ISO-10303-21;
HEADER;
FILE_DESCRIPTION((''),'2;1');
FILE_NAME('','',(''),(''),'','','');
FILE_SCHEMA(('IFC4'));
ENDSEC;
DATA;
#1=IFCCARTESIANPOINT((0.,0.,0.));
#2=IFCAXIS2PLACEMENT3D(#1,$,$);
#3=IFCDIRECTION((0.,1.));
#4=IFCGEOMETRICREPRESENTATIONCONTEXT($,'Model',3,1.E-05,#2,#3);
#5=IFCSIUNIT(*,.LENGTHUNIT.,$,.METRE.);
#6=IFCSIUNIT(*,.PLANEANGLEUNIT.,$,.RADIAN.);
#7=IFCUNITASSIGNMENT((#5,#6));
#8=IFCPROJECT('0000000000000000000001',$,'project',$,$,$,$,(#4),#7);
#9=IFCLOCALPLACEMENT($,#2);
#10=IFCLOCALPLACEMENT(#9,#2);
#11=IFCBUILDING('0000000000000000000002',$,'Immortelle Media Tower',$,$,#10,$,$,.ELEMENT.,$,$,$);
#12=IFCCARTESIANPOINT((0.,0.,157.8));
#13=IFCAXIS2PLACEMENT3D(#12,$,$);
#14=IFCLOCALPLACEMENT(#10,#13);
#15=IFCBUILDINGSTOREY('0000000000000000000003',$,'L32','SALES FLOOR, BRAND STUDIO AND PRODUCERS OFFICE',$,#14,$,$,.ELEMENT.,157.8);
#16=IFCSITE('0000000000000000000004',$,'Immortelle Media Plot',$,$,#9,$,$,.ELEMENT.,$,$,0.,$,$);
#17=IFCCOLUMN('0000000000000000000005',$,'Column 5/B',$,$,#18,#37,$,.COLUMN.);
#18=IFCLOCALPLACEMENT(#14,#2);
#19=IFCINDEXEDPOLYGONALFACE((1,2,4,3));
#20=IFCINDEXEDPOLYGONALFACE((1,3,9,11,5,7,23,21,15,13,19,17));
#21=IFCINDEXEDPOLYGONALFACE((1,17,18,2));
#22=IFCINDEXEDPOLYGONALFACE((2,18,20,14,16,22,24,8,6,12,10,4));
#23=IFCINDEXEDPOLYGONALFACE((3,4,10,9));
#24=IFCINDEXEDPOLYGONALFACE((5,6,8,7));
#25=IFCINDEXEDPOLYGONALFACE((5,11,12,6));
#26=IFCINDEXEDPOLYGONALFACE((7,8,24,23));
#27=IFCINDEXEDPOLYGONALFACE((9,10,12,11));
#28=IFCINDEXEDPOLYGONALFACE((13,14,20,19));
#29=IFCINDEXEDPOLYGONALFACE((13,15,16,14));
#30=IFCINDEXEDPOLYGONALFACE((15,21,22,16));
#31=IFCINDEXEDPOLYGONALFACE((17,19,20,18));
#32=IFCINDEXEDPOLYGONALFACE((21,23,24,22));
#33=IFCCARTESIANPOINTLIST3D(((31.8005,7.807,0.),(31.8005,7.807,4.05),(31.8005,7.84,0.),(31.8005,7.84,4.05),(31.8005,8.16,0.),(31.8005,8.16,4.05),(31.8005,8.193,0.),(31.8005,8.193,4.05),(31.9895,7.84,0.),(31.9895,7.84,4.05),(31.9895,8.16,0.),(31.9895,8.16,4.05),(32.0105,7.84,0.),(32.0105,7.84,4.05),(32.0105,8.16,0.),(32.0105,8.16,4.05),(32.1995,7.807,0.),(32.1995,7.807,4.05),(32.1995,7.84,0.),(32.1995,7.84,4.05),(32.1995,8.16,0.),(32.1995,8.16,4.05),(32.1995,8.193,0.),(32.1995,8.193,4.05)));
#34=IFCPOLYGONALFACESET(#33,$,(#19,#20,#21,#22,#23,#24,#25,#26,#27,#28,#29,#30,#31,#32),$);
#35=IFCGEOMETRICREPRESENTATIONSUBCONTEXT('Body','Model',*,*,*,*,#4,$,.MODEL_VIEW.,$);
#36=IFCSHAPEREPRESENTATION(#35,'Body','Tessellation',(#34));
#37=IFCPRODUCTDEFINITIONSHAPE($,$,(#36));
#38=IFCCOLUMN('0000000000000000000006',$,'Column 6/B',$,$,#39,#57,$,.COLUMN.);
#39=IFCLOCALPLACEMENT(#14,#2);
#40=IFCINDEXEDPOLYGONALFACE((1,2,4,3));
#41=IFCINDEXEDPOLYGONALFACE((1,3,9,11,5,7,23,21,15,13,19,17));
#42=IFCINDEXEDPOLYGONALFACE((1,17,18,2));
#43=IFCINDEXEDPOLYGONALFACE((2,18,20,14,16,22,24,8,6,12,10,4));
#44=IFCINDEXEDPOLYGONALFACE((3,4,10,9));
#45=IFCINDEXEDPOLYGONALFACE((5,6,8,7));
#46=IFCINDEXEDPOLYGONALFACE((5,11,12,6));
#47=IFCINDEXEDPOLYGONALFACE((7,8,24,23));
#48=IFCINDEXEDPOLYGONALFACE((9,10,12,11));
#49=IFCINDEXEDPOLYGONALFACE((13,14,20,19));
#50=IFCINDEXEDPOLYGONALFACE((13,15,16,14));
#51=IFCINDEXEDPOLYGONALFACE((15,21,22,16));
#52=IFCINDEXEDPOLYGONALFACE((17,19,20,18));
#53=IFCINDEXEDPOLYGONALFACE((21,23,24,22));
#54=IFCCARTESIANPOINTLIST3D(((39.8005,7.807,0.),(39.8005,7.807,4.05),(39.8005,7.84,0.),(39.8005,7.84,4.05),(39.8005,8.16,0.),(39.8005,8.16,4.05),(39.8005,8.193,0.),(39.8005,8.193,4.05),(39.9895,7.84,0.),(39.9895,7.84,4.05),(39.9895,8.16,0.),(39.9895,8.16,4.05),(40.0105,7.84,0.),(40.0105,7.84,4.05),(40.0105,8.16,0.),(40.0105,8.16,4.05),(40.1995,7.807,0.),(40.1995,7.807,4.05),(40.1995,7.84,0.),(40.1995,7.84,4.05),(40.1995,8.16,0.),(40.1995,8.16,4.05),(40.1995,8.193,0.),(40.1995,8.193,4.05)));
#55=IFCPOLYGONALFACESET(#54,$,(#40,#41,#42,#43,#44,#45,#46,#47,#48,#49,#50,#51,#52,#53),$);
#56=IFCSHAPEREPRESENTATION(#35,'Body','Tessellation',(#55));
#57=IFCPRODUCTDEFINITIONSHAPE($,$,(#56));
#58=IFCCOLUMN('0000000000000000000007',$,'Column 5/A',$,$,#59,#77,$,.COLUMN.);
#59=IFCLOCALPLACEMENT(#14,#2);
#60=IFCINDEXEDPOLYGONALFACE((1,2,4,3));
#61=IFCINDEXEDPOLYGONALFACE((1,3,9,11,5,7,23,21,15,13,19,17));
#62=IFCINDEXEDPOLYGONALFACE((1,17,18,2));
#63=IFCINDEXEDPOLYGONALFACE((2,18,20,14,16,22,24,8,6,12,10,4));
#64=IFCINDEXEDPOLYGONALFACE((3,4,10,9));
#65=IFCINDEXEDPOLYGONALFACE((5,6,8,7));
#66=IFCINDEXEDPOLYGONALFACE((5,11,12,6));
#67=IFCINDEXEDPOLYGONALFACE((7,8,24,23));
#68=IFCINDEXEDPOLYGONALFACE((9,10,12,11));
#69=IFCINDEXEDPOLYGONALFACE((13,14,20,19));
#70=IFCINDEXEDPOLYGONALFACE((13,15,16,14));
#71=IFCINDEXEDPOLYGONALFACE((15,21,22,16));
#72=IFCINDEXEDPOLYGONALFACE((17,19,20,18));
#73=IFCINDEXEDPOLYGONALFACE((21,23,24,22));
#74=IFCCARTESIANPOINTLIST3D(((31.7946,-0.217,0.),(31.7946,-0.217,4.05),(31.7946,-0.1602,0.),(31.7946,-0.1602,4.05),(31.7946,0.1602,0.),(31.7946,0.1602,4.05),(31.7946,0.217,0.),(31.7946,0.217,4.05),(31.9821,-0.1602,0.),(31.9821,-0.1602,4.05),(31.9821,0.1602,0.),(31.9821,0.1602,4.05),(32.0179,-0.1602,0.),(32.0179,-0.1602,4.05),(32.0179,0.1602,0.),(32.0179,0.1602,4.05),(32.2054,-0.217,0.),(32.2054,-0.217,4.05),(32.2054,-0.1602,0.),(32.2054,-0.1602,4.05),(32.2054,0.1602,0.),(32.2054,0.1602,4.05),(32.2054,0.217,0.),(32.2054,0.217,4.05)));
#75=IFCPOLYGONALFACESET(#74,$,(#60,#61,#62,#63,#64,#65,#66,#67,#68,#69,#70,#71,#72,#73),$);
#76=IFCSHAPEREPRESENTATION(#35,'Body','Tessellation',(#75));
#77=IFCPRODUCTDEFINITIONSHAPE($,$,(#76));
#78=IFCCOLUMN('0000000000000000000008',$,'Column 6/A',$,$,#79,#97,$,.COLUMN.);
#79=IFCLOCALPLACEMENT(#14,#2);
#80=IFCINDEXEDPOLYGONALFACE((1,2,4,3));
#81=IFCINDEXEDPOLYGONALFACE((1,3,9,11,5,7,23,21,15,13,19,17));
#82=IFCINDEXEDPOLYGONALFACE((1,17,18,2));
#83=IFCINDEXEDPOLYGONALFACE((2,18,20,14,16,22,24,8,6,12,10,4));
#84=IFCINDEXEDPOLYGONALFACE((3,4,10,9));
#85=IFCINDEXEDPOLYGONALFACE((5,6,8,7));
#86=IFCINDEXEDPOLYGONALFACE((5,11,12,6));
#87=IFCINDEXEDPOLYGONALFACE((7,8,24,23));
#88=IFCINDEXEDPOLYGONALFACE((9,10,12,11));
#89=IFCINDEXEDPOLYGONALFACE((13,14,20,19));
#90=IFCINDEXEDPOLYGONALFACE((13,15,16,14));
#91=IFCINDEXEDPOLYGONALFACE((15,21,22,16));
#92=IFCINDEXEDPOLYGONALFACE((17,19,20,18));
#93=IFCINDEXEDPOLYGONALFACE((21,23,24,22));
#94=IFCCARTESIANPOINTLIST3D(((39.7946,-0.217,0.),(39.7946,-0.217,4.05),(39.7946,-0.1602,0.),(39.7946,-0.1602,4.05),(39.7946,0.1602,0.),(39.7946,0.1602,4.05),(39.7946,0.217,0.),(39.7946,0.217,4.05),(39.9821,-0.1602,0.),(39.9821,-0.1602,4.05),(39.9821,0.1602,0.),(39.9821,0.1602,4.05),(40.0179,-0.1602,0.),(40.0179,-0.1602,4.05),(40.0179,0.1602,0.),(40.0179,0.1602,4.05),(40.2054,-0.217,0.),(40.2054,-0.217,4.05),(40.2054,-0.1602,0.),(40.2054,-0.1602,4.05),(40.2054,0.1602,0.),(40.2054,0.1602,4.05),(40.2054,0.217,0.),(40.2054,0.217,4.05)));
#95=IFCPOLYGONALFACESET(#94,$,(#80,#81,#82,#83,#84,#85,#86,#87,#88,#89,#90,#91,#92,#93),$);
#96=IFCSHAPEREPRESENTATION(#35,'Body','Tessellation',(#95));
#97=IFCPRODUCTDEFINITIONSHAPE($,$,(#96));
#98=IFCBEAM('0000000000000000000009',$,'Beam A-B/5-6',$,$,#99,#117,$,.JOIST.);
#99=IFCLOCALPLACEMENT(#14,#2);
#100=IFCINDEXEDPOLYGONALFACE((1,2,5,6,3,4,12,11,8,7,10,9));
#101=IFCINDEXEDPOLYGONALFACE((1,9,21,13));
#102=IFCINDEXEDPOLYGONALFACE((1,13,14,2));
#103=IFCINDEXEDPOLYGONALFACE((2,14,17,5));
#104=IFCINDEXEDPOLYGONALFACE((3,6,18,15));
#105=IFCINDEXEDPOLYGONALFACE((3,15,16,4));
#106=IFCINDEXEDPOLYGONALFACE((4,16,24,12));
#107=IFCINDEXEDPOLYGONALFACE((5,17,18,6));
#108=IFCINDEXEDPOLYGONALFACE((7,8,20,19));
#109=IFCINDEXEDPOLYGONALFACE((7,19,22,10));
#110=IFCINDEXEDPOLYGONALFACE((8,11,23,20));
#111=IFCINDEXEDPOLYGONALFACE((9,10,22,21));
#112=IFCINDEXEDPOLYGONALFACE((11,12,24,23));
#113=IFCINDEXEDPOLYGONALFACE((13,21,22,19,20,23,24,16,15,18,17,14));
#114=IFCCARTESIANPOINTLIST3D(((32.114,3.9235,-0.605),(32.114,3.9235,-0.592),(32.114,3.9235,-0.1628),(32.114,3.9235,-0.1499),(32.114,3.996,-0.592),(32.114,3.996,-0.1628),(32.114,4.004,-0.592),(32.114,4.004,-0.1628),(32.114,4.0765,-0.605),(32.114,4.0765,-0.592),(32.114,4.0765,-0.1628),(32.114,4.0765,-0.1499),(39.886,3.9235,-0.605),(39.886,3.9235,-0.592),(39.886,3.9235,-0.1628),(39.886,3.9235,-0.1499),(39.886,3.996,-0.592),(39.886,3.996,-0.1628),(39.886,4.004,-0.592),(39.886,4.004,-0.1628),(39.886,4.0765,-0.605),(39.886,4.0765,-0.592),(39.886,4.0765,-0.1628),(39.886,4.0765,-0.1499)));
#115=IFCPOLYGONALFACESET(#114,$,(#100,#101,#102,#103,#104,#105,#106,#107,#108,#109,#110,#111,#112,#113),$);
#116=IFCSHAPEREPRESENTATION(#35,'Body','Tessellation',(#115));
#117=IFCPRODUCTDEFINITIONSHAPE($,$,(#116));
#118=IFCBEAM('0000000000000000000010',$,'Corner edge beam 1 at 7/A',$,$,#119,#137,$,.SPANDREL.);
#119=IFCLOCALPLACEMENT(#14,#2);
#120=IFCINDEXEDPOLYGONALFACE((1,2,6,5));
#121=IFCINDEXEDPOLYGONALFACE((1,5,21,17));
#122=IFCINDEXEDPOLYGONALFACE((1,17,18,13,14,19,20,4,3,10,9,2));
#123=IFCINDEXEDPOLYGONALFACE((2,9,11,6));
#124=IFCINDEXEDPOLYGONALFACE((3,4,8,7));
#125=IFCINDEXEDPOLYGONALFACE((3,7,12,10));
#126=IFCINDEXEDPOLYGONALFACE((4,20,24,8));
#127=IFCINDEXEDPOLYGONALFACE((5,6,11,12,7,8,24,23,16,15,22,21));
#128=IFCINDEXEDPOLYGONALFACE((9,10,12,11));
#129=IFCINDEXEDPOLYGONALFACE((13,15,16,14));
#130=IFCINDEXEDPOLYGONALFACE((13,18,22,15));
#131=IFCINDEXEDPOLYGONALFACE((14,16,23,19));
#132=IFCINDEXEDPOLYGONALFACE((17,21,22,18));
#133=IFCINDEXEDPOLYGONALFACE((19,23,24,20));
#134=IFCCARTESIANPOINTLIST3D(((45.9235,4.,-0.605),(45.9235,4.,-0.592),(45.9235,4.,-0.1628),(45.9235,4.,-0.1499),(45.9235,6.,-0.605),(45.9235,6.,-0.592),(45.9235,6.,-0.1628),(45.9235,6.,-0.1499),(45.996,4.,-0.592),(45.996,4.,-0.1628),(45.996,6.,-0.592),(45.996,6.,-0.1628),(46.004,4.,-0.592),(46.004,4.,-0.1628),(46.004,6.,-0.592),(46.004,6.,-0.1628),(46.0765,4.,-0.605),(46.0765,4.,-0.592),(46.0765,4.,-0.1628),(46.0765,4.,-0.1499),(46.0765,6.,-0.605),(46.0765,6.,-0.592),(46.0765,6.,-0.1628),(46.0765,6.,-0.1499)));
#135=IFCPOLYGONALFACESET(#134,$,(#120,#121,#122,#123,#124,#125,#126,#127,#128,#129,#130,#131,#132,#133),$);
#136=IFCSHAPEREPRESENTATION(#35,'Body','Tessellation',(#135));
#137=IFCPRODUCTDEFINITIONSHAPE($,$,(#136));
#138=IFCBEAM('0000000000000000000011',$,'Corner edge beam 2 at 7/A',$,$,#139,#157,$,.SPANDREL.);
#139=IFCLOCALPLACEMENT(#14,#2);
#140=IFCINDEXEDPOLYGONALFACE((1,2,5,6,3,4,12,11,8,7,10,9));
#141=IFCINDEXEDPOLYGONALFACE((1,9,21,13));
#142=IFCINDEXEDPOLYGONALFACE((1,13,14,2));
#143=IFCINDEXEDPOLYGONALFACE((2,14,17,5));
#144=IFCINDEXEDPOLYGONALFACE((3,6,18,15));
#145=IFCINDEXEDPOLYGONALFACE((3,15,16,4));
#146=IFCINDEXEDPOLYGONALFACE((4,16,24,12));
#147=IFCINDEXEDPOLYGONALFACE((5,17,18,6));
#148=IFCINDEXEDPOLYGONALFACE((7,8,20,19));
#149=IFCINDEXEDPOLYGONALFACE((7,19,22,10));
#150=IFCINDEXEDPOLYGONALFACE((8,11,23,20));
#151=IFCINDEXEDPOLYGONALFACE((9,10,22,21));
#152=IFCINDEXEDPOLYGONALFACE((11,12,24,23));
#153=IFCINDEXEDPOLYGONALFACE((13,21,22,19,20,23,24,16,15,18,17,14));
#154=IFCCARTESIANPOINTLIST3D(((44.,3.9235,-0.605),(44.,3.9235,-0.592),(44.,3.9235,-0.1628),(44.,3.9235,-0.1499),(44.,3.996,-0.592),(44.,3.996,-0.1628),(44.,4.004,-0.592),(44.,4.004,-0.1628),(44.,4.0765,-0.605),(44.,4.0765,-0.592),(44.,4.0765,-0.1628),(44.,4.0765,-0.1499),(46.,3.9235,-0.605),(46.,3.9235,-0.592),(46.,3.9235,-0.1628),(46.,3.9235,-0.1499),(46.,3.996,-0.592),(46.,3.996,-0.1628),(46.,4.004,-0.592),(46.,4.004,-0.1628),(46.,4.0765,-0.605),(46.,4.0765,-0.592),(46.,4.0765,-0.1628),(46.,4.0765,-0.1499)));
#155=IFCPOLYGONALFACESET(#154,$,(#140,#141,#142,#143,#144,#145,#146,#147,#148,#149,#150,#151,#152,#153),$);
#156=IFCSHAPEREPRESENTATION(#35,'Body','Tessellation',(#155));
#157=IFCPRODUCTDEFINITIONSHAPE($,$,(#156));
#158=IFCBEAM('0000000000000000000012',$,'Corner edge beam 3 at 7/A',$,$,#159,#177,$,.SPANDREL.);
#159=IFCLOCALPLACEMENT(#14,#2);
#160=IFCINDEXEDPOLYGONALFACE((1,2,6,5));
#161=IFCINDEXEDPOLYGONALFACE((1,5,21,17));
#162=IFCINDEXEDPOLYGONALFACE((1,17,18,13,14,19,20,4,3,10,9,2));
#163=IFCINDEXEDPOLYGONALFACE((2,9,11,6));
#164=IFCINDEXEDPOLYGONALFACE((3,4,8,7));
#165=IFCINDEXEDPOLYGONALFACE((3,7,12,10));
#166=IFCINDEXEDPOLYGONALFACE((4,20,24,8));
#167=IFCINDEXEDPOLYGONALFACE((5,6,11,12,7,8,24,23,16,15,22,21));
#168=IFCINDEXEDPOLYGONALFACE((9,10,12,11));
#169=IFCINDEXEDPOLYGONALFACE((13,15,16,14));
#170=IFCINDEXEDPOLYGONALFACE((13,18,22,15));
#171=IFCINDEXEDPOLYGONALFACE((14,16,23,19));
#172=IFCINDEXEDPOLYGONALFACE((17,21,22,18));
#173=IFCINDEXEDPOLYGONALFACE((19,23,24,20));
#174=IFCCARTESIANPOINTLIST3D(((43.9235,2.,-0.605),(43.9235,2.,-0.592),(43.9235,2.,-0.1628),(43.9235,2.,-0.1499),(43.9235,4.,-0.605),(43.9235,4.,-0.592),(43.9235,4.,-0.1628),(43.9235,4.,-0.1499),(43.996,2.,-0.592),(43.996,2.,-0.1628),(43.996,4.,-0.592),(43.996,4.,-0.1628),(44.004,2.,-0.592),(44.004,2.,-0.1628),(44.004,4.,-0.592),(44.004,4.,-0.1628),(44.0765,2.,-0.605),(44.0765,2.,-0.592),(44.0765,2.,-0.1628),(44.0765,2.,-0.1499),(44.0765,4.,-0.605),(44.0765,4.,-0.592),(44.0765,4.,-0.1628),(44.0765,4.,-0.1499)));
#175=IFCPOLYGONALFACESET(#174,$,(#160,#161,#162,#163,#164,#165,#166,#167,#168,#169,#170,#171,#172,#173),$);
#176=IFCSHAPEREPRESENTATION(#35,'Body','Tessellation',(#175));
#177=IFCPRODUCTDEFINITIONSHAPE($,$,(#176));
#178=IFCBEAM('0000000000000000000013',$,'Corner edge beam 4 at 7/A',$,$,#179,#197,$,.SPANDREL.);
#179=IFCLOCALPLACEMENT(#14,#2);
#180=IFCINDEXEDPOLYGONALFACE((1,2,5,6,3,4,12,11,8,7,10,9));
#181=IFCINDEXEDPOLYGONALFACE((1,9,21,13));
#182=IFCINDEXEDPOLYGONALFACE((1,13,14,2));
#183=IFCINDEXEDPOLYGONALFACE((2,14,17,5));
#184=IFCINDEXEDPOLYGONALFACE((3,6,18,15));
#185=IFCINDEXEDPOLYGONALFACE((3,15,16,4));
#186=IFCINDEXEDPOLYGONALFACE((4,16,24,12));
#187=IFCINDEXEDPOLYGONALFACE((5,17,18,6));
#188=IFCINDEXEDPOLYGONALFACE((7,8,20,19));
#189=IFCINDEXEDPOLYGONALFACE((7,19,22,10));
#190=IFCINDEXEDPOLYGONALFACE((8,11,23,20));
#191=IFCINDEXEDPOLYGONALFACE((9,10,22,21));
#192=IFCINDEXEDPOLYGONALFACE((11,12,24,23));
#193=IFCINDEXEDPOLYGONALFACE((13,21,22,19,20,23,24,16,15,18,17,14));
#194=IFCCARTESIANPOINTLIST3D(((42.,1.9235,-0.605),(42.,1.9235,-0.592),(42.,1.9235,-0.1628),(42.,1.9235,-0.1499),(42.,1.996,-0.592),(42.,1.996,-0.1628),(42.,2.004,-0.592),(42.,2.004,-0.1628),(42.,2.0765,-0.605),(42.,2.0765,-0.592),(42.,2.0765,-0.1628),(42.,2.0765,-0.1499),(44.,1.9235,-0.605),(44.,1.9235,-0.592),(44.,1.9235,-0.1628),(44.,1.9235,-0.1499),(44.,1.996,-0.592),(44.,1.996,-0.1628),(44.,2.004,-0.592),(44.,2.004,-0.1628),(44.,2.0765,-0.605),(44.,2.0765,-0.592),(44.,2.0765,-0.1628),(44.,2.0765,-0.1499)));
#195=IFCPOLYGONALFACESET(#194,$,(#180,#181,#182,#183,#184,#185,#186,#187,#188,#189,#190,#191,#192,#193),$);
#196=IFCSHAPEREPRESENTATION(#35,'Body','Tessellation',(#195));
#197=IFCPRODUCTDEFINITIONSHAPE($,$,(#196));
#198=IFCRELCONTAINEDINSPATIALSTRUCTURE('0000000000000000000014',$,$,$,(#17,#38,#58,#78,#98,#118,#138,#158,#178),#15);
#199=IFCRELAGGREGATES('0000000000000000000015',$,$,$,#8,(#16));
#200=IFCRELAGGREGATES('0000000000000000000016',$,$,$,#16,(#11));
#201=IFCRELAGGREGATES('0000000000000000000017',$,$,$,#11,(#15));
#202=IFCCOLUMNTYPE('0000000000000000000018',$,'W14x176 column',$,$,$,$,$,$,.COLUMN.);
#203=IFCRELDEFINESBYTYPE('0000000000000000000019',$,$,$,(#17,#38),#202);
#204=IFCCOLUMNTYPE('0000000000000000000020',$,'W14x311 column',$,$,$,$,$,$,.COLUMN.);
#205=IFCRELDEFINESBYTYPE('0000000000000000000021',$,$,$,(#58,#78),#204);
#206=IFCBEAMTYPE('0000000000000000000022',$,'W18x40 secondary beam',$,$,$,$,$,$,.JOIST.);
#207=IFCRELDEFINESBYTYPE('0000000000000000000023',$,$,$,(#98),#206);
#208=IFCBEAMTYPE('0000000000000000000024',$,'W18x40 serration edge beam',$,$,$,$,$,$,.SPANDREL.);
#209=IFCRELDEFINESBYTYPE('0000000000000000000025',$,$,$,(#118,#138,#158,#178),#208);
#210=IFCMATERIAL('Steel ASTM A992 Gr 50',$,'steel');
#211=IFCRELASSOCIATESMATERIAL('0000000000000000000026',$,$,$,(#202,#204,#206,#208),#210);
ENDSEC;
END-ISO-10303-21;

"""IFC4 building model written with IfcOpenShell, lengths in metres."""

from ifc_helpers import new_model, si_unit, direction, frame, origin, origin_2d, place, context, subcontext, project, spatial, i_section, extrude, material, material_profile, profile_set, type_object, element, save


model = new_model("IFC4")

# Units and contexts
model_context = context("Model", 3, precision=1e-05, world=origin(), true_north=direction((0.0, 1.0)))
body_context = subcontext(model_context, "Body", "Model", "MODEL_VIEW")
ifc_project = project(units=[si_unit("LENGTHUNIT", "METRE"), si_unit("PLANEANGLEUNIT", "RADIAN")], contexts=[model_context])

# Site, building, storey
site_placement = place(None, origin())
site = spatial("IfcSite", under=ifc_project, at=site_placement, Name="Immortelle Media Plot", CompositionType="ELEMENT", RefElevation=0.0)
building_placement = place(site_placement, origin())
building = spatial("IfcBuilding", under=site, at=building_placement, Name="Immortelle Media Tower", CompositionType="ELEMENT")
storey_placement = place(building_placement, frame((0.0, 0.0, 157.8)))
storey = spatial("IfcBuildingStorey", under=building, at=storey_placement, Name="L32", Description="SALES FLOOR, BRAND STUDIO AND PRODUCERS OFFICE", CompositionType="ELEMENT", Elevation=157.8)

# Columns
ifc_material_1 = material(Name="Steel ASTM A992 Gr 50", Category="steel")
ifc_material_profile_1 = material_profile(ifc_material_1, i_section(OverallWidth=0.3989, OverallDepth=0.386, WebThickness=0.021, FlangeThickness=0.033, at=origin_2d()), Name="W14x176")
ifc_profile_set_1 = profile_set([ifc_material_profile_1], Name="Steel ASTM A992 Gr 50")
column_type_1 = type_object("IfcColumnType", Name="W14x176 column", PredefinedType="COLUMN", material=ifc_profile_set_1)
for number, where, z_axis, x_axis, name in (
    (1, (32.0, 8.0, 0.0), (0.0, 0.0, 1.0), (1.0, 0.0, 0.0), "Column 5/B"),
    (2, (40.0, 8.0, 0.0), (0.0, 0.0, 1.0), (1.0, 0.0, 0.0), "Column 6/B"),
):
    element("IfcColumn", number, at=place(storey_placement, frame(where, z_axis=z_axis, x_axis=x_axis)), inside=storey, type_object=column_type_1, Name=name, PredefinedType="COLUMN", context=body_context, shape_type="SweptSolid", body=[
        extrude(i_section(OverallWidth=0.3989, OverallDepth=0.386, WebThickness=0.021, FlangeThickness=0.033, at=origin_2d()), origin(), (0.0, 0.0, 1.0), 4.05),
    ])
ifc_material_profile_2 = material_profile(ifc_material_1, i_section(OverallWidth=0.4109, OverallDepth=0.4341, WebThickness=0.0359, FlangeThickness=0.0569, at=origin_2d()), Name="W14x311")
ifc_profile_set_2 = profile_set([ifc_material_profile_2], Name="Steel ASTM A992 Gr 50")
column_type_2 = type_object("IfcColumnType", Name="W14x311 column", PredefinedType="COLUMN", material=ifc_profile_set_2)
for number, where, z_axis, x_axis, name in (
    (3, (32.0, 0.0, 0.0), (0.0, 0.0, 1.0), (1.0, 0.0, 0.0), "Column 5/A"),
    (4, (40.0, 0.0, 0.0), (0.0, 0.0, 1.0), (1.0, 0.0, 0.0), "Column 6/A"),
):
    element("IfcColumn", number, at=place(storey_placement, frame(where, z_axis=z_axis, x_axis=x_axis)), inside=storey, type_object=column_type_2, Name=name, PredefinedType="COLUMN", context=body_context, shape_type="SweptSolid", body=[
        extrude(i_section(OverallWidth=0.4109, OverallDepth=0.4341, WebThickness=0.0359, FlangeThickness=0.0569, at=origin_2d()), origin(), (0.0, 0.0, 1.0), 4.05),
    ])

# Beams
ifc_material_profile_3 = material_profile(ifc_material_1, i_section(OverallWidth=0.1531, OverallDepth=0.4551, WebThickness=0.0081, FlangeThickness=0.0129, at=origin_2d()), Name="W18x40")
ifc_profile_set_3 = profile_set([ifc_material_profile_3], Name="Steel ASTM A992 Gr 50")
beam_type_1 = type_object("IfcBeamType", Name="W18x40 secondary beam", PredefinedType="JOIST", material=ifc_profile_set_3)
beam_1_placement = place(storey_placement, frame((32.114, 4.0, -0.3774), z_axis=(1.0, 0.0, 0.0), x_axis=(0.0, 1.0, 0.0)))
element("IfcBeam", 5, at=beam_1_placement, inside=storey, type_object=beam_type_1, Name="Beam A-B/5-6", PredefinedType="JOIST", context=body_context, shape_type="SweptSolid", body=[
    extrude(i_section(OverallWidth=0.1531, OverallDepth=0.4551, WebThickness=0.0081, FlangeThickness=0.0129, at=origin_2d()), origin(), (0.0, 0.0, 1.0), 7.772),
])
ifc_material_profile_4 = material_profile(ifc_material_1, i_section(OverallWidth=0.1531, OverallDepth=0.4551, WebThickness=0.0081, FlangeThickness=0.0129, at=origin_2d()), Name="W18x40")
ifc_profile_set_4 = profile_set([ifc_material_profile_4], Name="Steel ASTM A992 Gr 50")
beam_type_2 = type_object("IfcBeamType", Name="W18x40 serration edge beam", PredefinedType="SPANDREL", material=ifc_profile_set_4)
for number, where, z_axis, x_axis, name in (
    (6, (46.0, 6.0, -0.3774), (0.0, -1.0, 0.0), (1.0, 0.0, 0.0), "Corner edge beam 1 at 7/A"),
    (7, (46.0, 4.0, -0.3774), (-1.0, 0.0, 0.0), (0.0, -1.0, 0.0), "Corner edge beam 2 at 7/A"),
    (8, (44.0, 4.0, -0.3774), (0.0, -1.0, 0.0), (1.0, 0.0, 0.0), "Corner edge beam 3 at 7/A"),
    (9, (44.0, 2.0, -0.3774), (-1.0, 0.0, 0.0), (0.0, -1.0, 0.0), "Corner edge beam 4 at 7/A"),
):
    element("IfcBeam", number, at=place(storey_placement, frame(where, z_axis=z_axis, x_axis=x_axis)), inside=storey, type_object=beam_type_2, Name=name, PredefinedType="SPANDREL", context=body_context, shape_type="SweptSolid", body=[
        extrude(i_section(OverallWidth=0.1531, OverallDepth=0.4551, WebThickness=0.0081, FlangeThickness=0.0129, at=origin_2d()), origin(), (0.0, 0.0, 1.0), 2.0),
    ])

save(model, "model.ifc")
